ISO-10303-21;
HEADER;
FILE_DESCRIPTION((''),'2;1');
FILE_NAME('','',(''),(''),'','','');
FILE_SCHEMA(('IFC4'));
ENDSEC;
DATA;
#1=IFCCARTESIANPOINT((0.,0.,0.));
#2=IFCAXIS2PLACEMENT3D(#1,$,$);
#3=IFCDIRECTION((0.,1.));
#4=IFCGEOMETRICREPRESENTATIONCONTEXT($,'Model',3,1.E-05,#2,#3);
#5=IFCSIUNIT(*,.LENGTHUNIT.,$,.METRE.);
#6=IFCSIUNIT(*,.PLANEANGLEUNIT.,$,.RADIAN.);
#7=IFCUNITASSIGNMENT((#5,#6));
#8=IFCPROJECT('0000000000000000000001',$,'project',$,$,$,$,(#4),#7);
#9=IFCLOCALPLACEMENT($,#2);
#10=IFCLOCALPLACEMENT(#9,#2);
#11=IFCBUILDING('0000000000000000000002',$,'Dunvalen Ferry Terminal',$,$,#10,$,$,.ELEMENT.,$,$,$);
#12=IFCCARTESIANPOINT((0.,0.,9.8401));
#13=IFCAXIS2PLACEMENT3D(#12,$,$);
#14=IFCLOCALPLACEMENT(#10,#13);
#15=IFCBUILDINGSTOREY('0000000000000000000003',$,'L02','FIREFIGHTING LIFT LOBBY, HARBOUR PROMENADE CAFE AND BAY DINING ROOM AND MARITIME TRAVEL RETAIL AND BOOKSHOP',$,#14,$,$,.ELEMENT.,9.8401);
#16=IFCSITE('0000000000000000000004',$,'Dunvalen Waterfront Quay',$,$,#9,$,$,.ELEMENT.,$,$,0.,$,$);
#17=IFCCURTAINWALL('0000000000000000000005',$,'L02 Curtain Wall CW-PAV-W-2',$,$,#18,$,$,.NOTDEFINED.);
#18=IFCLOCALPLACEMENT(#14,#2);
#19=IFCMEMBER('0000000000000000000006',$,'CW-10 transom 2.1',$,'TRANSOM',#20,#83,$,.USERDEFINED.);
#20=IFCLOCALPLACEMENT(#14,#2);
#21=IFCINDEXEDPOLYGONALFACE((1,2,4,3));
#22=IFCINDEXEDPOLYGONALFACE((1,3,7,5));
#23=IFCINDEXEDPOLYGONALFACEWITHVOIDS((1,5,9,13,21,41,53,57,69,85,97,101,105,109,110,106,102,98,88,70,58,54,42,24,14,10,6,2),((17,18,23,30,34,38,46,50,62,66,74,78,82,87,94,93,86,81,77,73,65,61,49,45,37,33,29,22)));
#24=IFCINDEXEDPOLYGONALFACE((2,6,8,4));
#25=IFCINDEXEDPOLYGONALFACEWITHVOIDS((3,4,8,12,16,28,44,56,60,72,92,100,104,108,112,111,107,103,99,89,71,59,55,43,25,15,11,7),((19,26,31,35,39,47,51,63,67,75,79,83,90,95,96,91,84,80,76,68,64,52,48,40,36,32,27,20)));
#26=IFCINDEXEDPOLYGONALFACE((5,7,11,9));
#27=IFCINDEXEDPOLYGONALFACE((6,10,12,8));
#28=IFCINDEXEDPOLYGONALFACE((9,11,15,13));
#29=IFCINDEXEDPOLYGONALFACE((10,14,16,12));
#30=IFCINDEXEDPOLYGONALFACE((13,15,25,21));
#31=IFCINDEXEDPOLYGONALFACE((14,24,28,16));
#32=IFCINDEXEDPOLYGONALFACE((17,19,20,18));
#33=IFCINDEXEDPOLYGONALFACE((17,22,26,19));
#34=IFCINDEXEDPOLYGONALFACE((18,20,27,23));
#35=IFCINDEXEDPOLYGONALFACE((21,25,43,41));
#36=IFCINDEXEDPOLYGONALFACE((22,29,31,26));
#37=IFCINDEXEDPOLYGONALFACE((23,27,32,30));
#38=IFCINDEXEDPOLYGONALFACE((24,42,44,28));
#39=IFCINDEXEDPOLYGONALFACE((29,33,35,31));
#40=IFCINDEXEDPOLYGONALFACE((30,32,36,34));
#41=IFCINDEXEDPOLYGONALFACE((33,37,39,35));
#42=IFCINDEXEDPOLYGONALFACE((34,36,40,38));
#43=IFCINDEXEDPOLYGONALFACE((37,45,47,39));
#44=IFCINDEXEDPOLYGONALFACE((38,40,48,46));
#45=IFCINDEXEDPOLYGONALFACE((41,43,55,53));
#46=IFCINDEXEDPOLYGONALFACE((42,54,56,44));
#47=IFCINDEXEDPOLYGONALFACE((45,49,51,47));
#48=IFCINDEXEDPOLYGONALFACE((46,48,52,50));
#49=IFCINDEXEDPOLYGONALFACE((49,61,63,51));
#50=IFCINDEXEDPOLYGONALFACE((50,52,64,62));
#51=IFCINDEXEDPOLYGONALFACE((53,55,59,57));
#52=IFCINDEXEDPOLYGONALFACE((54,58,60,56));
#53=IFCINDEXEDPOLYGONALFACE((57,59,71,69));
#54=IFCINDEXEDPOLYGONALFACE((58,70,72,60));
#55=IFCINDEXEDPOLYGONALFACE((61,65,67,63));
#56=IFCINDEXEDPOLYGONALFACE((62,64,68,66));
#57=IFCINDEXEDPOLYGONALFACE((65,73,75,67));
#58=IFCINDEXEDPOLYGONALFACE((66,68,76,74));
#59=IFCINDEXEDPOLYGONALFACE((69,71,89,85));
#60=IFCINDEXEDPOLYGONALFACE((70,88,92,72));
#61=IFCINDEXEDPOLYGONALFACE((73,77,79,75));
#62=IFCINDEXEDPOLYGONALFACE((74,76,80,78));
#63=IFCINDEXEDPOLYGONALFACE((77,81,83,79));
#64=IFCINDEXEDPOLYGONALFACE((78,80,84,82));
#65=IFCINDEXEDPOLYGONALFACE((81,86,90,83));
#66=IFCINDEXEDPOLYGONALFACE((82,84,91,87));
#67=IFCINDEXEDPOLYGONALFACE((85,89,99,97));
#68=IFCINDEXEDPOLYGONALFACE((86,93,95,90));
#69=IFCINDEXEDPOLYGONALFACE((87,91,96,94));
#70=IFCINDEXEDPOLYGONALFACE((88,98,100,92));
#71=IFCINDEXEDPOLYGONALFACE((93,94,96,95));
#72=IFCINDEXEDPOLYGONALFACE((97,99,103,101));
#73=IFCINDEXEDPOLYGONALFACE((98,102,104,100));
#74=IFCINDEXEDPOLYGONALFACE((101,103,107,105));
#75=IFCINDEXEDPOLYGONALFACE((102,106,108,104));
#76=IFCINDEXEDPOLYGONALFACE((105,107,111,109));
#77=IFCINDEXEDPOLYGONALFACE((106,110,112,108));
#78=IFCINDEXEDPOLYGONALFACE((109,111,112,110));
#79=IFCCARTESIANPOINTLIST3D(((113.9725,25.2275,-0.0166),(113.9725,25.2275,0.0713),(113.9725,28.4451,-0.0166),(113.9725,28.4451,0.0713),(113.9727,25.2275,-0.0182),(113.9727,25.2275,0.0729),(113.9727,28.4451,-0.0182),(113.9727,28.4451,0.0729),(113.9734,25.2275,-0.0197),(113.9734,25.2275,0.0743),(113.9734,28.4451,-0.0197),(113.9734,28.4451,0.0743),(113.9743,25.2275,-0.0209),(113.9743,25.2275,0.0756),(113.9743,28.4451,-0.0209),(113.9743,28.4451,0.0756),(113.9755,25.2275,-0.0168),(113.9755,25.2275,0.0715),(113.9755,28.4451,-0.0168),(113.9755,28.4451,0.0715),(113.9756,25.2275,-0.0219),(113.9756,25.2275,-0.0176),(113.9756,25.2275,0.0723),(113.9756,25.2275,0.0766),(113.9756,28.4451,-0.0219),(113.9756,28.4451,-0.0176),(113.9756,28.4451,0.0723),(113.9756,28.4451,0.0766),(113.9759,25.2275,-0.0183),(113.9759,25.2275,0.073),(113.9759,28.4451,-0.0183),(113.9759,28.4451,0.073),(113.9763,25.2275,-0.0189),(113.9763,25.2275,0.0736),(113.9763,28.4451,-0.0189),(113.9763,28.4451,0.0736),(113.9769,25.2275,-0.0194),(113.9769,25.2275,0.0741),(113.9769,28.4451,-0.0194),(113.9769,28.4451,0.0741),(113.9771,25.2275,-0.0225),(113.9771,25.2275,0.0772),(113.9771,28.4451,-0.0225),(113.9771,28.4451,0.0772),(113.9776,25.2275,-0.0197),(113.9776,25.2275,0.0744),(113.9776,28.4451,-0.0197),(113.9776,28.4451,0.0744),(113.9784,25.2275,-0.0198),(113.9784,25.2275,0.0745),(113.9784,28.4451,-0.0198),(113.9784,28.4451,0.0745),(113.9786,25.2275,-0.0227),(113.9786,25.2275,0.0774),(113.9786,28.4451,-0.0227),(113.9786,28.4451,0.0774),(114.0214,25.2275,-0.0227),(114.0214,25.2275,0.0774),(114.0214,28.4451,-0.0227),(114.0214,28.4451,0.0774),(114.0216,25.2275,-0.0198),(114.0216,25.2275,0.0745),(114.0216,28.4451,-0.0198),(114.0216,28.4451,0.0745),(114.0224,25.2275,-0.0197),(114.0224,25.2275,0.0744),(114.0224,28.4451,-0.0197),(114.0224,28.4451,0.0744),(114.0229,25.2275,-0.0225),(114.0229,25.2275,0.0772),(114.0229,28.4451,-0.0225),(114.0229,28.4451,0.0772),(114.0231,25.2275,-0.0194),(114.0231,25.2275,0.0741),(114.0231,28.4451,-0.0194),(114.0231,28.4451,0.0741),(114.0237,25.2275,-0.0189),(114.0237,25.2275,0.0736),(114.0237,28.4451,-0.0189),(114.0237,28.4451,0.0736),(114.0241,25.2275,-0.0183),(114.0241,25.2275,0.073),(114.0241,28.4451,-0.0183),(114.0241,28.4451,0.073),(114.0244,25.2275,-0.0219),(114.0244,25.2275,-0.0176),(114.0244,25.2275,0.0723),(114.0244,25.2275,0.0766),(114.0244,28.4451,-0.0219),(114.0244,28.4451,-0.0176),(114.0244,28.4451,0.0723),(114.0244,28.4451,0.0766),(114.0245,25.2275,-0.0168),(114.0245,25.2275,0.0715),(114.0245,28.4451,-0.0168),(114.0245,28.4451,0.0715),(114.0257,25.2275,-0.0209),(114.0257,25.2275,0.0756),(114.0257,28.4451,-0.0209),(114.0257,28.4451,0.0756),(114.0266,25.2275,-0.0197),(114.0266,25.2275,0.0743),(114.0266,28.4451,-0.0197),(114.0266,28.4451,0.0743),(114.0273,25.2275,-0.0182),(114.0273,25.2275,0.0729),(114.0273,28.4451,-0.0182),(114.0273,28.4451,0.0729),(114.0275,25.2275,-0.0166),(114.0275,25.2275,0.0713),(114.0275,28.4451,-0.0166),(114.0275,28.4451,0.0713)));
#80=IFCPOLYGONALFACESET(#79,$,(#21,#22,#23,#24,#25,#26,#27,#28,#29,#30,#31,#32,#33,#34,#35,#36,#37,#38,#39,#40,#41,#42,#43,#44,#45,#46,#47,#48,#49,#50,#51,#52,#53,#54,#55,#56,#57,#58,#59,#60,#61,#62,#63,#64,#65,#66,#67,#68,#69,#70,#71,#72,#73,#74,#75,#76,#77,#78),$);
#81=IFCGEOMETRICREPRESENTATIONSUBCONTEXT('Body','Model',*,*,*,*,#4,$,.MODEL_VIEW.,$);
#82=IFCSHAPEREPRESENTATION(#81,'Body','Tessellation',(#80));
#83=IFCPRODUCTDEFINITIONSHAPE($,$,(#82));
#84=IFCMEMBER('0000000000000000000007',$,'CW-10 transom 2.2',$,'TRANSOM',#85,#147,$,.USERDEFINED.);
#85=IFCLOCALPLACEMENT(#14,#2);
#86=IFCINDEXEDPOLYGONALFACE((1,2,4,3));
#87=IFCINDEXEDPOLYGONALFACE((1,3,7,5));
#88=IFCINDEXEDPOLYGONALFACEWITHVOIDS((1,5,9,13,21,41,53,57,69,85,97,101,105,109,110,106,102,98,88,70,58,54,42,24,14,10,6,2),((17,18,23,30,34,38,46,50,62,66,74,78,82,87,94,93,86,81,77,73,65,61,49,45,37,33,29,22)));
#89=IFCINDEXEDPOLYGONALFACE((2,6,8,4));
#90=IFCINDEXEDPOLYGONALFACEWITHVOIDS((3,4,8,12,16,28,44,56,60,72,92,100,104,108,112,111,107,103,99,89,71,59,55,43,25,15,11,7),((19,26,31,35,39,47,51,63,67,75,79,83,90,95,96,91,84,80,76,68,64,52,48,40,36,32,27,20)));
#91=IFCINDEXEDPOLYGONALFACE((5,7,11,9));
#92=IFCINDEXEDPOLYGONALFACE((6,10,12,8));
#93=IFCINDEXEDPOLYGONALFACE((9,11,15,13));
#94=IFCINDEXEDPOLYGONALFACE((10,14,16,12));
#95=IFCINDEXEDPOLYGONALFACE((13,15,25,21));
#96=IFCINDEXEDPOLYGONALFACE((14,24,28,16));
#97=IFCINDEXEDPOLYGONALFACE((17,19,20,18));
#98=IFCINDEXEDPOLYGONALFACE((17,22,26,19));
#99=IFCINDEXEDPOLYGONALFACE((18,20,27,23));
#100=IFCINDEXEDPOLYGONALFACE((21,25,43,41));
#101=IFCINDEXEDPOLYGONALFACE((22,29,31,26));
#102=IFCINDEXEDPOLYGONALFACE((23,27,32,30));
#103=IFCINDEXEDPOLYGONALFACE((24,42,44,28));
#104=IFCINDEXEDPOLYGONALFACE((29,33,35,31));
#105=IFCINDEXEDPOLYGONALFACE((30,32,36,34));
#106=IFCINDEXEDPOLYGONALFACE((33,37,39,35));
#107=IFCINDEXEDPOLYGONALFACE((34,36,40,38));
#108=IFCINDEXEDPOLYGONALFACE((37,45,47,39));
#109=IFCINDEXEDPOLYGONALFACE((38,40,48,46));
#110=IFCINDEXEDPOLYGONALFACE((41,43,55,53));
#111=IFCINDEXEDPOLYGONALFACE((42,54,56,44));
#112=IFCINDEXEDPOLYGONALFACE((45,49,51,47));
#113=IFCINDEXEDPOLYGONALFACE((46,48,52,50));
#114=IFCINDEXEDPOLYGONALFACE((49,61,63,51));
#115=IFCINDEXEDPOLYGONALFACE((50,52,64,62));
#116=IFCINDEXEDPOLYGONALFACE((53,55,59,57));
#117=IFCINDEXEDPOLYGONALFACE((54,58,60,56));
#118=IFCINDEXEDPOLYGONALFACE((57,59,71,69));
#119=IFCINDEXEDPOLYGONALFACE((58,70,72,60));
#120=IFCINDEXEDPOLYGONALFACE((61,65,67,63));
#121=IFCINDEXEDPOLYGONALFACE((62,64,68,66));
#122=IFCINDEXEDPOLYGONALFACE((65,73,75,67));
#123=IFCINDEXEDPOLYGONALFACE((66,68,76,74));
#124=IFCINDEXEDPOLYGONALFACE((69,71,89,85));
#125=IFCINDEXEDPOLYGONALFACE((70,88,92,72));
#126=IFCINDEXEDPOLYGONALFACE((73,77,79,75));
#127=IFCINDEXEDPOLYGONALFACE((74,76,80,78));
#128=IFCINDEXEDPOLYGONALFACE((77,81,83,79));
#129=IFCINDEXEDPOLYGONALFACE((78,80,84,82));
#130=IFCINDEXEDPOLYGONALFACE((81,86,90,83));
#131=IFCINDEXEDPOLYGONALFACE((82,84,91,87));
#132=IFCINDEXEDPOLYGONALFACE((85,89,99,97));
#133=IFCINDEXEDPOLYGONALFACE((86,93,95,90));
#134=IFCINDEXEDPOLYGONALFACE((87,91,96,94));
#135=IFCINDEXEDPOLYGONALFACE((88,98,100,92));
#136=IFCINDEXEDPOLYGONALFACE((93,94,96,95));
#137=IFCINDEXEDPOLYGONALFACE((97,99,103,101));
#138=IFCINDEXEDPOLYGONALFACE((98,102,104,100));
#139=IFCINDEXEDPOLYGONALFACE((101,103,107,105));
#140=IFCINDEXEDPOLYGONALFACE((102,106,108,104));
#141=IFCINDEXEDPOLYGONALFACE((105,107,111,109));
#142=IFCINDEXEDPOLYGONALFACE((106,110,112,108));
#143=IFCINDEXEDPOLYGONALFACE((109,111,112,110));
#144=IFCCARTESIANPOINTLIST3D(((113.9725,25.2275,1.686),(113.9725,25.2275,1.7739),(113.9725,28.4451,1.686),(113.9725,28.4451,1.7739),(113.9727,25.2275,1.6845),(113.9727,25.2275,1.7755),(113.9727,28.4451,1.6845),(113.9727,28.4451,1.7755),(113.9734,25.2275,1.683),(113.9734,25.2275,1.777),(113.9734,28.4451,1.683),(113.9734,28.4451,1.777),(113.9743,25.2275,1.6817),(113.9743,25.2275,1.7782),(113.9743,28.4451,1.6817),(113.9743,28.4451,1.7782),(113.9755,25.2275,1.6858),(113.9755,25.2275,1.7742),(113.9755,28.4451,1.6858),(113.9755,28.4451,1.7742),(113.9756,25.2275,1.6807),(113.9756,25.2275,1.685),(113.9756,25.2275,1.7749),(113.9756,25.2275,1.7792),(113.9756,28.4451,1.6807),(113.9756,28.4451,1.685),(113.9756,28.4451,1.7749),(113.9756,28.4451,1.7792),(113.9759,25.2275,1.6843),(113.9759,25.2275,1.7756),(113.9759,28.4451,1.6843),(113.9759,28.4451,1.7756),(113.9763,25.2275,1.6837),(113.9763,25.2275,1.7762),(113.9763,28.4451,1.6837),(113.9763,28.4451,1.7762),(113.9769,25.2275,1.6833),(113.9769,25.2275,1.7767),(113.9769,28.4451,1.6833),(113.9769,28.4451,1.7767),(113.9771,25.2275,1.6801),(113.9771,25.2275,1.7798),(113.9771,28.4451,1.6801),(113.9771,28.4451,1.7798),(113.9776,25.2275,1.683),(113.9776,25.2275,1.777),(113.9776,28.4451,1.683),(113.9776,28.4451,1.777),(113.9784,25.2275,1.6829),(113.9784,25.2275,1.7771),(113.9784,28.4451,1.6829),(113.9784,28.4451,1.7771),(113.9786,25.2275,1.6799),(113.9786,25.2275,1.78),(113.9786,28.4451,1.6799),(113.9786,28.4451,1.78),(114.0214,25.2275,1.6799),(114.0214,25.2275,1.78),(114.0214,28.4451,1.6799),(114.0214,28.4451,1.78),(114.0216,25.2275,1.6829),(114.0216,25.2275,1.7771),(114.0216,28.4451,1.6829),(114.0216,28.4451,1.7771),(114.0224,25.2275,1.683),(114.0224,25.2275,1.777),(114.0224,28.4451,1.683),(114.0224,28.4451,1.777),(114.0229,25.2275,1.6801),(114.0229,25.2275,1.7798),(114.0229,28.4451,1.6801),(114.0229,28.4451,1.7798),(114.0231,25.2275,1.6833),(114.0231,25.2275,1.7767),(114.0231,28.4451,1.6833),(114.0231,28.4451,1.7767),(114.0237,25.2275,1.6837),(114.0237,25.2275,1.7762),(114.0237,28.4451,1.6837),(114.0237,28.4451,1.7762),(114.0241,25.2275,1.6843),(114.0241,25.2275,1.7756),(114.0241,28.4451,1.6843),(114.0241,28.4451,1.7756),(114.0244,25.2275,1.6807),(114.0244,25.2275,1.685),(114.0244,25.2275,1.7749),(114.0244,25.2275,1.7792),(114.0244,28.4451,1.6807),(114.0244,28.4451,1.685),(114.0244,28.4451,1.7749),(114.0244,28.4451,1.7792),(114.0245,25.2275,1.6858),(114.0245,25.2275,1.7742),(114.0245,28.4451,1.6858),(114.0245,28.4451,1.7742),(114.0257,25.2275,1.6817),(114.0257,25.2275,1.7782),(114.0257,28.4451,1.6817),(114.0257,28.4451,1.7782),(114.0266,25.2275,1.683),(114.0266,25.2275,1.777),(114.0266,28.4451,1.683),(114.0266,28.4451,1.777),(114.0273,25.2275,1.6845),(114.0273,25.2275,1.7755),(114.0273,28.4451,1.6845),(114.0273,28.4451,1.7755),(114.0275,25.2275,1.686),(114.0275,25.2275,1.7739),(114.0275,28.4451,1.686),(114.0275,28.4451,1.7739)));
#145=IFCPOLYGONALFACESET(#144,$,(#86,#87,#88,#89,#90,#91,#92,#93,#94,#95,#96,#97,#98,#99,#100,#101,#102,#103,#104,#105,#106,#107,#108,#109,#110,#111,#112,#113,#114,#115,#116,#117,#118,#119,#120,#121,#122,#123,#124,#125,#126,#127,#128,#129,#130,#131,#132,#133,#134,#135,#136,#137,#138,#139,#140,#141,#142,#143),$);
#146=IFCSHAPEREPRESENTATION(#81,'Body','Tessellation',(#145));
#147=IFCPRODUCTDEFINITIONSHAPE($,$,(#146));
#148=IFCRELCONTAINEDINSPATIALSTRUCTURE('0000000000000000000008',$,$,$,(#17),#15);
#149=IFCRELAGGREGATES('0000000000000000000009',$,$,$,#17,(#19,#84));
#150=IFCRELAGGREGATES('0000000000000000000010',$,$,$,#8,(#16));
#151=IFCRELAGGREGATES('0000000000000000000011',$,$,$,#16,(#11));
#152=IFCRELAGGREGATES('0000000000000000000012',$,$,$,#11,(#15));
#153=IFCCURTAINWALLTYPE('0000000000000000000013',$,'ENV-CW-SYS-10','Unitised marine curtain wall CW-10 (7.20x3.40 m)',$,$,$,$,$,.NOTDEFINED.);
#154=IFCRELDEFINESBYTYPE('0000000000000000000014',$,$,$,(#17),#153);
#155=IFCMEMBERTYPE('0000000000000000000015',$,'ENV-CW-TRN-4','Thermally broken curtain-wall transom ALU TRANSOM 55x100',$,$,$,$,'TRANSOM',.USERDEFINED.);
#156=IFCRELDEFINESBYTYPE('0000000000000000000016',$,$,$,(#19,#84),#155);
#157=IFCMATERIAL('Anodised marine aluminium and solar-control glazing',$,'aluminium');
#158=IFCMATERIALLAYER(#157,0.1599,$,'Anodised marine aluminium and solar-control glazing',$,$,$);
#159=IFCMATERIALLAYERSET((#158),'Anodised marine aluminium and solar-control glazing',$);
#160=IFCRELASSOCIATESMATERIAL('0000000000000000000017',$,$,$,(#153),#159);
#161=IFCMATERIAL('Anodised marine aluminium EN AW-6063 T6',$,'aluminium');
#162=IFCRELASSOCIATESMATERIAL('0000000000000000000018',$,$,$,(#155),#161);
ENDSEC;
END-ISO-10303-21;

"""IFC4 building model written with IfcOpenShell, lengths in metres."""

from ifc_helpers import new_model, si_unit, direction, frame, origin, origin_2d, place, context, subcontext, project, spatial, hollow_rectangle, extrude, material, layer, layer_set, material_profile, profile_set, type_object, element, aggregate, save


model = new_model("IFC4")

# Units and contexts
model_context = context("Model", 3, precision=1e-05, world=origin(), true_north=direction((0.0, 1.0)))
body_context = subcontext(model_context, "Body", "Model", "MODEL_VIEW")
ifc_project = project(units=[si_unit("LENGTHUNIT", "METRE"), si_unit("PLANEANGLEUNIT", "RADIAN")], contexts=[model_context])

# Site, building, storey
site_placement = place(None, origin())
site = spatial("IfcSite", under=ifc_project, at=site_placement, Name="Dunvalen Waterfront Quay", CompositionType="ELEMENT", RefElevation=0.0)
building_placement = place(site_placement, origin())
building = spatial("IfcBuilding", under=site, at=building_placement, Name="Dunvalen Ferry Terminal", CompositionType="ELEMENT")
storey_placement = place(building_placement, frame((0.0, 0.0, 9.8401)))
storey = spatial("IfcBuildingStorey", under=building, at=storey_placement, Name="L02", Description="FIREFIGHTING LIFT LOBBY, HARBOUR PROMENADE CAFE AND BAY DINING ROOM AND MARITIME TRAVEL RETAIL AND BOOKSHOP", CompositionType="ELEMENT", Elevation=9.8401)

# Curtain wall, members
ifc_material_1 = material(Name="Anodised marine aluminium and solar-control glazing", Category="aluminium")
ifc_layer_1 = layer(ifc_material_1, 0.1599, Name="Anodised marine aluminium and solar-control glazing")
ifc_layer_set_1 = layer_set([ifc_layer_1], Name="Anodised marine aluminium and solar-control glazing")
curtain_wall_type = type_object("IfcCurtainWallType", Name="ENV-CW-SYS-10", Description="Unitised marine curtain wall CW-10 (7.20x3.40 m)", PredefinedType="NOTDEFINED", material=ifc_layer_set_1)
curtain_wall_placement = place(storey_placement, origin())
curtain_wall = element("IfcCurtainWall", 1, at=curtain_wall_placement, inside=storey, type_object=curtain_wall_type, Name="L02 Curtain Wall CW-PAV-W-2", PredefinedType="NOTDEFINED")
ifc_material_2 = material(Name="Anodised marine aluminium EN AW-6063 T6", Category="aluminium")
ifc_material_profile_1 = material_profile(ifc_material_2, hollow_rectangle(XDim=0.0549, YDim=0.1001, WallThickness=0.0029, InnerFilletRadius=0.0029, OuterFilletRadius=0.0061, at=origin_2d()), Name="Anodised marine aluminium EN AW-6063 T6")
ifc_profile_set_1 = profile_set([ifc_material_profile_1], Name="Anodised marine aluminium EN AW-6063 T6")
member_type_1 = type_object("IfcMemberType", Name="ENV-CW-TRN-4", Description="Thermally broken curtain-wall transom ALU TRANSOM 55x100", ElementType="TRANSOM", PredefinedType="USERDEFINED", material=ifc_profile_set_1)
member_1_placement = place(storey_placement, frame((114.0, 25.2275, 0.0273), z_axis=(0.0, 1.0, 0.0), x_axis=(-1.0, 0.0, 0.0)))
member_1 = element("IfcMember", 2, at=member_1_placement, type_object=member_type_1, Name="CW-10 transom 2.1", ObjectType="TRANSOM", PredefinedType="USERDEFINED", context=body_context, shape_type="SweptSolid", body=[
    extrude(hollow_rectangle(XDim=0.0549, YDim=0.1001, WallThickness=0.0029, InnerFilletRadius=0.0029, OuterFilletRadius=0.0061, at=origin_2d()), origin(), (0.0, 0.0, 1.0), 3.2175),
])
member_2_placement = place(storey_placement, frame((114.0, 25.2275, 1.73), z_axis=(0.0, 1.0, 0.0), x_axis=(-1.0, 0.0, 0.0)))
member_2 = element("IfcMember", 3, at=member_2_placement, type_object=member_type_1, Name="CW-10 transom 2.2", ObjectType="TRANSOM", PredefinedType="USERDEFINED", context=body_context, shape_type="SweptSolid", body=[
    extrude(hollow_rectangle(XDim=0.0549, YDim=0.1001, WallThickness=0.0029, InnerFilletRadius=0.0029, OuterFilletRadius=0.0061, at=origin_2d()), origin(), (0.0, 0.0, 1.0), 3.2175),
])

aggregate(curtain_wall, [member_1, member_2])

save(model, "model.ifc")
